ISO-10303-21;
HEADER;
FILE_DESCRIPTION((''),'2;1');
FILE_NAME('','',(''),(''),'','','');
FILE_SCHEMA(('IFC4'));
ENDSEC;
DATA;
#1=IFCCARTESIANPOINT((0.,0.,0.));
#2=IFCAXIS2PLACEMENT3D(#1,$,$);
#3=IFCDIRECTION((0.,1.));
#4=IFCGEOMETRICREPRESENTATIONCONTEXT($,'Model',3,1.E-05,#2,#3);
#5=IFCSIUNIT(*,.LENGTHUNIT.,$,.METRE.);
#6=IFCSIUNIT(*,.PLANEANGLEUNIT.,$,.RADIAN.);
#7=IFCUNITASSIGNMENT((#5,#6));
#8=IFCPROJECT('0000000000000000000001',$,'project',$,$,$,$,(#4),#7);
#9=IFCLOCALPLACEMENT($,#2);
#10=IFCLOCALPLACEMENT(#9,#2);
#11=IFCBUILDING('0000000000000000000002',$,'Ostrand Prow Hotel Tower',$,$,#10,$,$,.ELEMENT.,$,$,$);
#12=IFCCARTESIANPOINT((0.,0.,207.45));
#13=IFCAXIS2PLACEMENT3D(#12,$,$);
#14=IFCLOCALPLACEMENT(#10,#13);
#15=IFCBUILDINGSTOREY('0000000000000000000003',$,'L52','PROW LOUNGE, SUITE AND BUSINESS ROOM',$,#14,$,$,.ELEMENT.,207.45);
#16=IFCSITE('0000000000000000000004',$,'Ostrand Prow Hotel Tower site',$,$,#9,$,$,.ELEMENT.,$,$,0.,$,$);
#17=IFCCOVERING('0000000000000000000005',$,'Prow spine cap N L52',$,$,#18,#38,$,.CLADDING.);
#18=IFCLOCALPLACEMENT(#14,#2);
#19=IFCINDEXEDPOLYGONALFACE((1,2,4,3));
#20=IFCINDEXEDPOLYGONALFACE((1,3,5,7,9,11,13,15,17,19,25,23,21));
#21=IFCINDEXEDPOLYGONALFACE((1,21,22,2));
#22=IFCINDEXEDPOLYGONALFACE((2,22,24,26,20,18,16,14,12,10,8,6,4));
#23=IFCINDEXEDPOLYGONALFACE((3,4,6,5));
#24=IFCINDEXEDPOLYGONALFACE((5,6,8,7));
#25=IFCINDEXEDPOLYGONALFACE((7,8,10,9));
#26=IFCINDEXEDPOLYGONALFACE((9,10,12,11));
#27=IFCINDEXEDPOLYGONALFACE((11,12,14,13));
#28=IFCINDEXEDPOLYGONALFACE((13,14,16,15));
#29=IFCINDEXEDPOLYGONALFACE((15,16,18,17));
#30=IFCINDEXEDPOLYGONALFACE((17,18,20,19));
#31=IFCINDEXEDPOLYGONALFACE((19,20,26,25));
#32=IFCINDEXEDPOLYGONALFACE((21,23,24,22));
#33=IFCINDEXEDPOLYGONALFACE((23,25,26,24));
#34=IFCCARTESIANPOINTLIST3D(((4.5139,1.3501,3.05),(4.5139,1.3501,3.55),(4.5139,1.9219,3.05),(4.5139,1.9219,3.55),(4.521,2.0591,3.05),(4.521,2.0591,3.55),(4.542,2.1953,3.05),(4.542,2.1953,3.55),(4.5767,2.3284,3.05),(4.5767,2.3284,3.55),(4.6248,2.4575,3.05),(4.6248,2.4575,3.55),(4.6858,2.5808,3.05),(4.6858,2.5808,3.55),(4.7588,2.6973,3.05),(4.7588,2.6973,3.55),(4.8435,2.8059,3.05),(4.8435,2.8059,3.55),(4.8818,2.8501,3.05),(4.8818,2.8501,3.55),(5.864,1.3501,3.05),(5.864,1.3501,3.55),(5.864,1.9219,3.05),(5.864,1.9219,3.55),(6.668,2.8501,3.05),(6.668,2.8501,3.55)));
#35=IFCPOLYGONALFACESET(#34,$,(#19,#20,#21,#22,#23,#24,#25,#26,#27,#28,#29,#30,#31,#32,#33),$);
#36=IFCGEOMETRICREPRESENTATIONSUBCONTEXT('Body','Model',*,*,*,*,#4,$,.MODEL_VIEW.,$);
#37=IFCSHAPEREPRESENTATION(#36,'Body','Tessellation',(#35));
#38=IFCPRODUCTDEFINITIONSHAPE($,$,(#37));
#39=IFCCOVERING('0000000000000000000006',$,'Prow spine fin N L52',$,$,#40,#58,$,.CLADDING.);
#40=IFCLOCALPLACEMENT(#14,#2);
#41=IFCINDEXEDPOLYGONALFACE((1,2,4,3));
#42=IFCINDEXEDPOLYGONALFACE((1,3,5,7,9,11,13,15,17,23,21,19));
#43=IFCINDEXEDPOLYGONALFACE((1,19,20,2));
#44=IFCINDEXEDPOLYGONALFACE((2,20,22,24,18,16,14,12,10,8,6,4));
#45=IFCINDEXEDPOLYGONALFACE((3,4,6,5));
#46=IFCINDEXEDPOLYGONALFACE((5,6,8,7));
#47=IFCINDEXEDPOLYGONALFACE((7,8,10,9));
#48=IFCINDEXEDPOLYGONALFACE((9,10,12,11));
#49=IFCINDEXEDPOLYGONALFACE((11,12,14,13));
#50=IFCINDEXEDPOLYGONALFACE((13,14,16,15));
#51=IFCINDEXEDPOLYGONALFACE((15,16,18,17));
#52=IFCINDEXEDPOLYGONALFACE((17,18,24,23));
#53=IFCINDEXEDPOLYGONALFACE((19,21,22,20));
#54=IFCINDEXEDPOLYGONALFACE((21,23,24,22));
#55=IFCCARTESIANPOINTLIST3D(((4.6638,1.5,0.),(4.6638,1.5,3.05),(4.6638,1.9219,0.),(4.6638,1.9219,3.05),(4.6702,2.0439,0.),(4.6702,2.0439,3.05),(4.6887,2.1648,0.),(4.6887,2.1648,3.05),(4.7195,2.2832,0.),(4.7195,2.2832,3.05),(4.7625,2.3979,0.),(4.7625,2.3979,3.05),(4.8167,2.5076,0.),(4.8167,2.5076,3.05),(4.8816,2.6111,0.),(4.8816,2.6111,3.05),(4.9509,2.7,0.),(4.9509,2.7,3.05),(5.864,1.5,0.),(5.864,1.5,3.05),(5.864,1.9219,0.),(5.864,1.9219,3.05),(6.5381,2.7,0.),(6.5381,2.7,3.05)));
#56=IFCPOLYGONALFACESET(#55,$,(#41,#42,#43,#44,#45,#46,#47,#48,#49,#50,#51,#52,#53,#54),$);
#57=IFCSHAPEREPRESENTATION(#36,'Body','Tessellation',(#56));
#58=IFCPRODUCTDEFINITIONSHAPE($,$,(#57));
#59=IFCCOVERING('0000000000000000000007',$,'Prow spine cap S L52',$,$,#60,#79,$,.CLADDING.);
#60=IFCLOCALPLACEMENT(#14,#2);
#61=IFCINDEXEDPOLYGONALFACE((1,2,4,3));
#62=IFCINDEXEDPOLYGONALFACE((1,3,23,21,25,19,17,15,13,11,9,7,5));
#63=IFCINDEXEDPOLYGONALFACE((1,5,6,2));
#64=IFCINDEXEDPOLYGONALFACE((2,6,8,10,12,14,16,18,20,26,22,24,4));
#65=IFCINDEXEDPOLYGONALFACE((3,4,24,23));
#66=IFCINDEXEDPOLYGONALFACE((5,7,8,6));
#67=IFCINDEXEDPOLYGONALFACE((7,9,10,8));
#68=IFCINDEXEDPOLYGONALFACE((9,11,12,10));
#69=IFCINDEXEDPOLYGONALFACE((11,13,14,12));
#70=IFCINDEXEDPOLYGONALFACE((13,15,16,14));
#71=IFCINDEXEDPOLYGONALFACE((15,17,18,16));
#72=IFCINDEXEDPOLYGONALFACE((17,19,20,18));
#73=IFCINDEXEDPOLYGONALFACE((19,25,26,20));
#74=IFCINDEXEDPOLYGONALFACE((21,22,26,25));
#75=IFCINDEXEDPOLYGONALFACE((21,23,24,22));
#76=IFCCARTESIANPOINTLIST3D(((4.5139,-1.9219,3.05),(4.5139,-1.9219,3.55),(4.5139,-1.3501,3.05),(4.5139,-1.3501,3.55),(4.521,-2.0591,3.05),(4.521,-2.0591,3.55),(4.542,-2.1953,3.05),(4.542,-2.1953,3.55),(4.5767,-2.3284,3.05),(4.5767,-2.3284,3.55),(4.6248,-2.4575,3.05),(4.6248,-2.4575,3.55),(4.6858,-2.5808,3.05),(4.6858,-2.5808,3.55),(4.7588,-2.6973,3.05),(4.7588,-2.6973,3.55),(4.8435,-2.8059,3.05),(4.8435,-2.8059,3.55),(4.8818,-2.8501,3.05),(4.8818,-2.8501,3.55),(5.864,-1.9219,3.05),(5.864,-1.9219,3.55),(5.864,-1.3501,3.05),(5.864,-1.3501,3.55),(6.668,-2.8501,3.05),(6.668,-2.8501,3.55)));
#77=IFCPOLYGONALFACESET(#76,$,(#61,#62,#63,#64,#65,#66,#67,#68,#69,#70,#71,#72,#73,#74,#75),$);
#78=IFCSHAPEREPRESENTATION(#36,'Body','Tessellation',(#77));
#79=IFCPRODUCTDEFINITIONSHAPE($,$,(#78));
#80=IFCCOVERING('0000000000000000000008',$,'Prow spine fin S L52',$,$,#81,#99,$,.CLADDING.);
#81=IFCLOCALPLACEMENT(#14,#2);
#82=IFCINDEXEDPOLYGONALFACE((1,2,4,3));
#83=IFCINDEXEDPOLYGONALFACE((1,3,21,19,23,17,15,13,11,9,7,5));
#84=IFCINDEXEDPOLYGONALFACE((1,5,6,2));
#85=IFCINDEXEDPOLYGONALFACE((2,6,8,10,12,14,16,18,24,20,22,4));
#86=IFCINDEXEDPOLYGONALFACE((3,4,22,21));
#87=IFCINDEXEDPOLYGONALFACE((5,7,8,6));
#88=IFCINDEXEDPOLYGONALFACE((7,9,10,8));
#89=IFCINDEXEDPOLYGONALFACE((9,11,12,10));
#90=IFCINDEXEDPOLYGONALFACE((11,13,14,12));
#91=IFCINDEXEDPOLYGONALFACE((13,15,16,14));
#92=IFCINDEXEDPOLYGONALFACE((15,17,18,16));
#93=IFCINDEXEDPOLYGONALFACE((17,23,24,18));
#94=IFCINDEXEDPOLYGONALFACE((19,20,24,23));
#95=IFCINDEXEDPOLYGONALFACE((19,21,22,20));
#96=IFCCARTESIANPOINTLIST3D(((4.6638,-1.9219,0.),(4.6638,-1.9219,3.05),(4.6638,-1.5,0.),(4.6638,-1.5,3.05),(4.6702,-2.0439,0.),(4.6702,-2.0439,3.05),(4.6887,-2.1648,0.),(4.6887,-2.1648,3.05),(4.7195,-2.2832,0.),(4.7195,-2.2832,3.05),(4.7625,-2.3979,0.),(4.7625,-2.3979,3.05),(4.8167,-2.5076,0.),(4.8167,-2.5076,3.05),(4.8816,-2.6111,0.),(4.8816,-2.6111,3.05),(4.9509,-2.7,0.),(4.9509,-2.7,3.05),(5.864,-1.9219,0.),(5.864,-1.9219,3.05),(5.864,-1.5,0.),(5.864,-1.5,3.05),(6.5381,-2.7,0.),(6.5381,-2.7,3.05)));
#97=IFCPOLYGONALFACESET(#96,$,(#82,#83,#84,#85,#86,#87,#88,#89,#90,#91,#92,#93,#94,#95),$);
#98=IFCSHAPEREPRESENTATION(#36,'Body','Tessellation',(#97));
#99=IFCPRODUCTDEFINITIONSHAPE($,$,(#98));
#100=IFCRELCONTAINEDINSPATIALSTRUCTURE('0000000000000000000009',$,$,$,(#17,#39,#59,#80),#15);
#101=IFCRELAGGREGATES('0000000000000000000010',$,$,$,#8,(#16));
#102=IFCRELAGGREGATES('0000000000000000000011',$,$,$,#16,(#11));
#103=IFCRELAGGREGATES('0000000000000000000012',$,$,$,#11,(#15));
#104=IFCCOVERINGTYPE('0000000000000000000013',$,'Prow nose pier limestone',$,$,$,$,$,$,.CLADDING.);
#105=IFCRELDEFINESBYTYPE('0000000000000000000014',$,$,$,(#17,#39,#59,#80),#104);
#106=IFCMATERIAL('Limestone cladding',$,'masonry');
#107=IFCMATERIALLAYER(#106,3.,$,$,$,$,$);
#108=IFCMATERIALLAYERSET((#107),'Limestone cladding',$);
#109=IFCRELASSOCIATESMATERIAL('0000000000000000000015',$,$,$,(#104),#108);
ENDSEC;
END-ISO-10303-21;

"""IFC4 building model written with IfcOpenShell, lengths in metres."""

from ifc_helpers import new_model, si_unit, direction, frame, origin, place, context, subcontext, project, spatial, polyline, outline, extrude, material, layer, layer_set, type_object, element, save


model = new_model("IFC4")

# Units and contexts
model_context = context("Model", 3, precision=1e-05, world=origin(), true_north=direction((0.0, 1.0)))
body_context = subcontext(model_context, "Body", "Model", "MODEL_VIEW")
ifc_project = project(units=[si_unit("LENGTHUNIT", "METRE"), si_unit("PLANEANGLEUNIT", "RADIAN")], contexts=[model_context])

# Site, building, storey
site_placement = place(None, origin())
site = spatial("IfcSite", under=ifc_project, at=site_placement, Name="Ostrand Prow Hotel Tower site", CompositionType="ELEMENT", RefElevation=0.0)
building_placement = place(site_placement, origin())
building = spatial("IfcBuilding", under=site, at=building_placement, Name="Ostrand Prow Hotel Tower", CompositionType="ELEMENT")
storey_placement = place(building_placement, frame((0.0, 0.0, 207.45)))
storey = spatial("IfcBuildingStorey", under=building, at=storey_placement, Name="L52", Description="PROW LOUNGE, SUITE AND BUSINESS ROOM", CompositionType="ELEMENT", Elevation=207.45)

# Coverings
ifc_material_1 = material(Name="Limestone cladding", Category="masonry")
ifc_layer_1 = layer(ifc_material_1, 3.0)
ifc_layer_set_1 = layer_set([ifc_layer_1], Name="Limestone cladding")
covering_type_1 = type_object("IfcCoveringType", Name="Prow nose pier limestone", PredefinedType="CLADDING", material=ifc_layer_set_1)
covering_1_placement = place(storey_placement, frame((0.0, 0.0, 3.05)))
element("IfcCovering", 1, at=covering_1_placement, inside=storey, type_object=covering_type_1, Name="Prow spine cap N L52", PredefinedType="CLADDING", context=body_context, shape_type="SweptSolid", body=[
    extrude(outline(polyline([(4.5139, 1.9219), (4.5139, 1.3501), (5.864, 1.3501), (5.864, 1.9219), (6.668, 2.8501), (4.8818, 2.8501), (4.8435, 2.8059), (4.7588, 2.6973), (4.6858, 2.5808), (4.6248, 2.4575), (4.5767, 2.3284), (4.542, 2.1953), (4.521, 2.0591), (4.5139, 1.9219)])), origin(), (0.0, 0.0, 1.0), 0.5),
])
covering_2_placement = place(storey_placement, origin())
element("IfcCovering", 2, at=covering_2_placement, inside=storey, type_object=covering_type_1, Name="Prow spine fin N L52", PredefinedType="CLADDING", context=body_context, shape_type="SweptSolid", body=[
    extrude(outline(polyline([(4.6638, 1.9219), (4.6638, 1.5), (5.864, 1.5), (5.864, 1.9219), (6.5381, 2.7), (4.9509, 2.7), (4.8816, 2.6111), (4.8167, 2.5076), (4.7625, 2.3979), (4.7195, 2.2832), (4.6887, 2.1648), (4.6702, 2.0439), (4.6638, 1.9219)])), origin(), (0.0, 0.0, 1.0), 3.05),
])
covering_3_placement = place(storey_placement, frame((0.0, 0.0, 3.05)))
element("IfcCovering", 3, at=covering_3_placement, inside=storey, type_object=covering_type_1, Name="Prow spine cap S L52", PredefinedType="CLADDING", context=body_context, shape_type="SweptSolid", body=[
    extrude(outline(polyline([(4.8435, -2.8059), (4.8818, -2.8501), (6.668, -2.8501), (5.864, -1.9219), (5.864, -1.3501), (4.5139, -1.3501), (4.5139, -1.9219), (4.521, -2.0591), (4.542, -2.1953), (4.5767, -2.3284), (4.6248, -2.4575), (4.6858, -2.5808), (4.7588, -2.6973), (4.8435, -2.8059)])), origin(), (0.0, 0.0, 1.0), 0.5),
])
covering_4_placement = place(storey_placement, origin())
element("IfcCovering", 4, at=covering_4_placement, inside=storey, type_object=covering_type_1, Name="Prow spine fin S L52", PredefinedType="CLADDING", context=body_context, shape_type="SweptSolid", body=[
    extrude(outline(polyline([(4.8816, -2.6111), (4.9509, -2.7), (6.5381, -2.7), (5.864, -1.9219), (5.864, -1.5), (4.6638, -1.5), (4.6638, -1.9219), (4.6702, -2.0439), (4.6887, -2.1648), (4.7195, -2.2832), (4.7625, -2.3979), (4.8167, -2.5076), (4.8816, -2.6111)])), origin(), (0.0, 0.0, 1.0), 3.05),
])

save(model, "model.ifc")
